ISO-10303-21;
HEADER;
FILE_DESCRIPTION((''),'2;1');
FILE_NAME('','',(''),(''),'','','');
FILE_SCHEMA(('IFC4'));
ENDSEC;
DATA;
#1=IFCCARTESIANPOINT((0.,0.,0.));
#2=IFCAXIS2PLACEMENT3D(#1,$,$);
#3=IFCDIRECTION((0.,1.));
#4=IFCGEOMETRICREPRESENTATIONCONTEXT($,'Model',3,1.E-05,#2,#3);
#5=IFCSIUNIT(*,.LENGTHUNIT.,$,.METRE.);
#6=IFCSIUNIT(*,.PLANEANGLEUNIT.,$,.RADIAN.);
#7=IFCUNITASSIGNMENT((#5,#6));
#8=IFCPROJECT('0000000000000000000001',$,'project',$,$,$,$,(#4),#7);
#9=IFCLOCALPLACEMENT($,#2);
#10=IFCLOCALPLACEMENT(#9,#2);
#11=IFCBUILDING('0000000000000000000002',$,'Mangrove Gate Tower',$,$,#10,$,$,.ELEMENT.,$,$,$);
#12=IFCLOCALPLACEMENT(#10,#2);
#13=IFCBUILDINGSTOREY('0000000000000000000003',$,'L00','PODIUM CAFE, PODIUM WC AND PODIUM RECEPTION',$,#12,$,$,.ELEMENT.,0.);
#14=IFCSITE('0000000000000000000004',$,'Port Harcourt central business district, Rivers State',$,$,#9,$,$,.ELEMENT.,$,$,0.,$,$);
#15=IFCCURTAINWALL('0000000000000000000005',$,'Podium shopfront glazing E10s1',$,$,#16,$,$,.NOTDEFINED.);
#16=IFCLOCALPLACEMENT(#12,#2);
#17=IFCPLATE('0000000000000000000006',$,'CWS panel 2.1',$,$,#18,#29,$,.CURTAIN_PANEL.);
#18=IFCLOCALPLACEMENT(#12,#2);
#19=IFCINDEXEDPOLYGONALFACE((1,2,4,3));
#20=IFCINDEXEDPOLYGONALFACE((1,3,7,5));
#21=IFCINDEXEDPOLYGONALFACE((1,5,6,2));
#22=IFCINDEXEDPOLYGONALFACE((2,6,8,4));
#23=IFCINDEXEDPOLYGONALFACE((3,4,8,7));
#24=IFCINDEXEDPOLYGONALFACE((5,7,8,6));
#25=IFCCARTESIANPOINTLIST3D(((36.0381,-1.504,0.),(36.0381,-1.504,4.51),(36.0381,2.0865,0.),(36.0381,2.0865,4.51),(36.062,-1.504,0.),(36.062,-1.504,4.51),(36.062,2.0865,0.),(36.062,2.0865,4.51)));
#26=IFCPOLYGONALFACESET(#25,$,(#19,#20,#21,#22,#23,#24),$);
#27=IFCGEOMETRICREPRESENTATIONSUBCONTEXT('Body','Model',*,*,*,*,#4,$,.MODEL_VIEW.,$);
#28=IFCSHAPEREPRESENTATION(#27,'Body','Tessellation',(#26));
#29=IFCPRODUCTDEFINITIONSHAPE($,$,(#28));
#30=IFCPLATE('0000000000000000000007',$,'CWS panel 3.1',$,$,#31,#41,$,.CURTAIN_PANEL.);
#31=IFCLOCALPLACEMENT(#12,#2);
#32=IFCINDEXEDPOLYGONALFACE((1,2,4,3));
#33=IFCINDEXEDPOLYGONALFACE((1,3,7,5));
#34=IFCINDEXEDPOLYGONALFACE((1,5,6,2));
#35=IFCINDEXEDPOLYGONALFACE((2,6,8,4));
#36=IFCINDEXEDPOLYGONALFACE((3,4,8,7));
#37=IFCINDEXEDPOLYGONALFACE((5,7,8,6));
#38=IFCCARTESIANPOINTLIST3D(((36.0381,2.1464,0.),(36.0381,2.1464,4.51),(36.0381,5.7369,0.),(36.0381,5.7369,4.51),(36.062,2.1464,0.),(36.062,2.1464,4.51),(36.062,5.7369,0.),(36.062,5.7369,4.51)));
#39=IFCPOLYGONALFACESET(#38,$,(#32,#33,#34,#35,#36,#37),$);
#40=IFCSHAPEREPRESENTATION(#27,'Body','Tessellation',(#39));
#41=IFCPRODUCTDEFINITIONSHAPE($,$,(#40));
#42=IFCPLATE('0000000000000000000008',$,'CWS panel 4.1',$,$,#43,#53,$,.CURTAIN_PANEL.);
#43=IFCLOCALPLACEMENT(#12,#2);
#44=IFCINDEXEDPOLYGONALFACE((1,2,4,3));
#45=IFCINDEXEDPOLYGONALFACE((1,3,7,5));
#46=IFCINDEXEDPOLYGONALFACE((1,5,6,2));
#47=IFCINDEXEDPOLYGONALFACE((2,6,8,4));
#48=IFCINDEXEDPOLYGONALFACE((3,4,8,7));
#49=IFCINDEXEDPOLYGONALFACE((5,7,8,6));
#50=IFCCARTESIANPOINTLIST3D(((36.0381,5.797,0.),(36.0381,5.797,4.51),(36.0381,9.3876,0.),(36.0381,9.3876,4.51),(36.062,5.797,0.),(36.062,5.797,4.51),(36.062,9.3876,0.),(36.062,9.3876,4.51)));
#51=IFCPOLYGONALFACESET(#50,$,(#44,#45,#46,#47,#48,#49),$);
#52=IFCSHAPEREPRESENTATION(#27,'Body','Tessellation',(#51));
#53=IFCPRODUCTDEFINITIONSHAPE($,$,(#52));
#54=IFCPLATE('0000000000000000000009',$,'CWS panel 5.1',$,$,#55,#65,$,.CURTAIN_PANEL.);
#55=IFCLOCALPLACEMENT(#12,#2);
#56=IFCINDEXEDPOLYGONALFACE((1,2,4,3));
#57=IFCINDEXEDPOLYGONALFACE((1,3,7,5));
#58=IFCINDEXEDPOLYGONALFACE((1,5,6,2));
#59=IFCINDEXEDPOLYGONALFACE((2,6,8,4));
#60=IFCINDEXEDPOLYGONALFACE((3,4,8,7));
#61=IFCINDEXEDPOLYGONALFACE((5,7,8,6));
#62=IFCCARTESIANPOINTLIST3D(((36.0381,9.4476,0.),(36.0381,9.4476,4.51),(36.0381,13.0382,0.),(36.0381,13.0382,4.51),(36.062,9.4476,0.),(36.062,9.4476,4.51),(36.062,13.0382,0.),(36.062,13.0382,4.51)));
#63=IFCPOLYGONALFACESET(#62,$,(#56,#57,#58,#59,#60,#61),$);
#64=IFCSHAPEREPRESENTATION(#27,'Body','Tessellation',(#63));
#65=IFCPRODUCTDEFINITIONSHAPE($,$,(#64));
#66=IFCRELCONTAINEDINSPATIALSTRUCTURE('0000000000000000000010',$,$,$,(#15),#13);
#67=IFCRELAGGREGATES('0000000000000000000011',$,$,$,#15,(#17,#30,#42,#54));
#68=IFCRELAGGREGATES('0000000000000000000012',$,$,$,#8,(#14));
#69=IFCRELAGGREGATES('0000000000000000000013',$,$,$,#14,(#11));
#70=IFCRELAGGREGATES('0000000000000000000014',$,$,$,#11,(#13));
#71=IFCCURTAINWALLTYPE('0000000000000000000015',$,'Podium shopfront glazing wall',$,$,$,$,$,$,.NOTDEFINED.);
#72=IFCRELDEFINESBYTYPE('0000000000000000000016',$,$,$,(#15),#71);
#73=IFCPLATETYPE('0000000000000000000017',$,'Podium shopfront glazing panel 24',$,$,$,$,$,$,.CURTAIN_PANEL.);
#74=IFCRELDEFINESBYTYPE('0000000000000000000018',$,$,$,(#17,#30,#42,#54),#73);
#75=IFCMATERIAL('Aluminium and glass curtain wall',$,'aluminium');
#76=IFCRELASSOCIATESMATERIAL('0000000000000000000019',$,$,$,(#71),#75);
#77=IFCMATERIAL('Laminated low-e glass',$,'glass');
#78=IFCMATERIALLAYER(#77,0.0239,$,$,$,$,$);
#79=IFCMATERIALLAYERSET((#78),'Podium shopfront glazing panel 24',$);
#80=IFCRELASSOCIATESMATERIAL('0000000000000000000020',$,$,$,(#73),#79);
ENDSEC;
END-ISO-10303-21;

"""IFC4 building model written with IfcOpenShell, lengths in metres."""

from ifc_helpers import new_model, si_unit, direction, frame, origin, origin_2d, place, context, subcontext, project, spatial, rectangle, extrude, material, layer, layer_set, type_object, element, aggregate, save


model = new_model("IFC4")

# Units and contexts
model_context = context("Model", 3, precision=1e-05, world=origin(), true_north=direction((0.0, 1.0)))
body_context = subcontext(model_context, "Body", "Model", "MODEL_VIEW")
ifc_project = project(units=[si_unit("LENGTHUNIT", "METRE"), si_unit("PLANEANGLEUNIT", "RADIAN")], contexts=[model_context])

# Site, building, storey
site_placement = place(None, origin())
site = spatial("IfcSite", under=ifc_project, at=site_placement, Name="Port Harcourt central business district, Rivers State", CompositionType="ELEMENT", RefElevation=0.0)
building_placement = place(site_placement, origin())
building = spatial("IfcBuilding", under=site, at=building_placement, Name="Mangrove Gate Tower", CompositionType="ELEMENT")
storey_placement = place(building_placement, origin())
storey = spatial("IfcBuildingStorey", under=building, at=storey_placement, Name="L00", Description="PODIUM CAFE, PODIUM WC AND PODIUM RECEPTION", CompositionType="ELEMENT", Elevation=0.0)

# Curtain wall, plates
ifc_material_1 = material(Name="Aluminium and glass curtain wall", Category="aluminium")
curtain_wall_type = type_object("IfcCurtainWallType", Name="Podium shopfront glazing wall", PredefinedType="NOTDEFINED", material=ifc_material_1)
curtain_wall_placement = place(storey_placement, origin())
curtain_wall = element("IfcCurtainWall", 1, at=curtain_wall_placement, inside=storey, type_object=curtain_wall_type, Name="Podium shopfront glazing E10s1", PredefinedType="NOTDEFINED")
ifc_material_2 = material(Name="Laminated low-e glass", Category="glass")
ifc_layer = layer(ifc_material_2, 0.0239)
ifc_layer_set = layer_set([ifc_layer], Name="Podium shopfront glazing panel 24")
plate_type = type_object("IfcPlateType", Name="Podium shopfront glazing panel 24", PredefinedType="CURTAIN_PANEL", material=ifc_layer_set)
plate_1_placement = place(storey_placement, frame((36.05, 0.2913, 0.0), z_axis=(0.0, 0.0, 1.0), x_axis=(0.0, 1.0, 0.0)))
plate_1 = element("IfcPlate", 2, at=plate_1_placement, type_object=plate_type, Name="CWS panel 2.1", PredefinedType="CURTAIN_PANEL", context=body_context, shape_type="SweptSolid", body=[
    extrude(rectangle(XDim=3.5906, YDim=0.0239, at=origin_2d()), origin(), (0.0, 0.0, 1.0), 4.51),
])
plate_2_placement = place(storey_placement, frame((36.05, 3.9417, 0.0), z_axis=(0.0, 0.0, 1.0), x_axis=(0.0, 1.0, 0.0)))
plate_2 = element("IfcPlate", 3, at=plate_2_placement, type_object=plate_type, Name="CWS panel 3.1", PredefinedType="CURTAIN_PANEL", context=body_context, shape_type="SweptSolid", body=[
    extrude(rectangle(XDim=3.5906, YDim=0.0239, at=origin_2d()), origin(), (0.0, 0.0, 1.0), 4.51),
])
plate_3_placement = place(storey_placement, frame((36.05, 7.5923, 0.0), z_axis=(0.0, 0.0, 1.0), x_axis=(0.0, 1.0, 0.0)))
plate_3 = element("IfcPlate", 4, at=plate_3_placement, type_object=plate_type, Name="CWS panel 4.1", PredefinedType="CURTAIN_PANEL", context=body_context, shape_type="SweptSolid", body=[
    extrude(rectangle(XDim=3.5906, YDim=0.0239, at=origin_2d()), origin(), (0.0, 0.0, 1.0), 4.51),
])
plate_4_placement = place(storey_placement, frame((36.05, 11.2429, 0.0), z_axis=(0.0, 0.0, 1.0), x_axis=(0.0, 1.0, 0.0)))
plate_4 = element("IfcPlate", 5, at=plate_4_placement, type_object=plate_type, Name="CWS panel 5.1", PredefinedType="CURTAIN_PANEL", context=body_context, shape_type="SweptSolid", body=[
    extrude(rectangle(XDim=3.5906, YDim=0.0239, at=origin_2d()), origin(), (0.0, 0.0, 1.0), 4.51),
])
aggregate(curtain_wall, [plate_1, plate_2, plate_3, plate_4])

save(model, "model.ifc")
